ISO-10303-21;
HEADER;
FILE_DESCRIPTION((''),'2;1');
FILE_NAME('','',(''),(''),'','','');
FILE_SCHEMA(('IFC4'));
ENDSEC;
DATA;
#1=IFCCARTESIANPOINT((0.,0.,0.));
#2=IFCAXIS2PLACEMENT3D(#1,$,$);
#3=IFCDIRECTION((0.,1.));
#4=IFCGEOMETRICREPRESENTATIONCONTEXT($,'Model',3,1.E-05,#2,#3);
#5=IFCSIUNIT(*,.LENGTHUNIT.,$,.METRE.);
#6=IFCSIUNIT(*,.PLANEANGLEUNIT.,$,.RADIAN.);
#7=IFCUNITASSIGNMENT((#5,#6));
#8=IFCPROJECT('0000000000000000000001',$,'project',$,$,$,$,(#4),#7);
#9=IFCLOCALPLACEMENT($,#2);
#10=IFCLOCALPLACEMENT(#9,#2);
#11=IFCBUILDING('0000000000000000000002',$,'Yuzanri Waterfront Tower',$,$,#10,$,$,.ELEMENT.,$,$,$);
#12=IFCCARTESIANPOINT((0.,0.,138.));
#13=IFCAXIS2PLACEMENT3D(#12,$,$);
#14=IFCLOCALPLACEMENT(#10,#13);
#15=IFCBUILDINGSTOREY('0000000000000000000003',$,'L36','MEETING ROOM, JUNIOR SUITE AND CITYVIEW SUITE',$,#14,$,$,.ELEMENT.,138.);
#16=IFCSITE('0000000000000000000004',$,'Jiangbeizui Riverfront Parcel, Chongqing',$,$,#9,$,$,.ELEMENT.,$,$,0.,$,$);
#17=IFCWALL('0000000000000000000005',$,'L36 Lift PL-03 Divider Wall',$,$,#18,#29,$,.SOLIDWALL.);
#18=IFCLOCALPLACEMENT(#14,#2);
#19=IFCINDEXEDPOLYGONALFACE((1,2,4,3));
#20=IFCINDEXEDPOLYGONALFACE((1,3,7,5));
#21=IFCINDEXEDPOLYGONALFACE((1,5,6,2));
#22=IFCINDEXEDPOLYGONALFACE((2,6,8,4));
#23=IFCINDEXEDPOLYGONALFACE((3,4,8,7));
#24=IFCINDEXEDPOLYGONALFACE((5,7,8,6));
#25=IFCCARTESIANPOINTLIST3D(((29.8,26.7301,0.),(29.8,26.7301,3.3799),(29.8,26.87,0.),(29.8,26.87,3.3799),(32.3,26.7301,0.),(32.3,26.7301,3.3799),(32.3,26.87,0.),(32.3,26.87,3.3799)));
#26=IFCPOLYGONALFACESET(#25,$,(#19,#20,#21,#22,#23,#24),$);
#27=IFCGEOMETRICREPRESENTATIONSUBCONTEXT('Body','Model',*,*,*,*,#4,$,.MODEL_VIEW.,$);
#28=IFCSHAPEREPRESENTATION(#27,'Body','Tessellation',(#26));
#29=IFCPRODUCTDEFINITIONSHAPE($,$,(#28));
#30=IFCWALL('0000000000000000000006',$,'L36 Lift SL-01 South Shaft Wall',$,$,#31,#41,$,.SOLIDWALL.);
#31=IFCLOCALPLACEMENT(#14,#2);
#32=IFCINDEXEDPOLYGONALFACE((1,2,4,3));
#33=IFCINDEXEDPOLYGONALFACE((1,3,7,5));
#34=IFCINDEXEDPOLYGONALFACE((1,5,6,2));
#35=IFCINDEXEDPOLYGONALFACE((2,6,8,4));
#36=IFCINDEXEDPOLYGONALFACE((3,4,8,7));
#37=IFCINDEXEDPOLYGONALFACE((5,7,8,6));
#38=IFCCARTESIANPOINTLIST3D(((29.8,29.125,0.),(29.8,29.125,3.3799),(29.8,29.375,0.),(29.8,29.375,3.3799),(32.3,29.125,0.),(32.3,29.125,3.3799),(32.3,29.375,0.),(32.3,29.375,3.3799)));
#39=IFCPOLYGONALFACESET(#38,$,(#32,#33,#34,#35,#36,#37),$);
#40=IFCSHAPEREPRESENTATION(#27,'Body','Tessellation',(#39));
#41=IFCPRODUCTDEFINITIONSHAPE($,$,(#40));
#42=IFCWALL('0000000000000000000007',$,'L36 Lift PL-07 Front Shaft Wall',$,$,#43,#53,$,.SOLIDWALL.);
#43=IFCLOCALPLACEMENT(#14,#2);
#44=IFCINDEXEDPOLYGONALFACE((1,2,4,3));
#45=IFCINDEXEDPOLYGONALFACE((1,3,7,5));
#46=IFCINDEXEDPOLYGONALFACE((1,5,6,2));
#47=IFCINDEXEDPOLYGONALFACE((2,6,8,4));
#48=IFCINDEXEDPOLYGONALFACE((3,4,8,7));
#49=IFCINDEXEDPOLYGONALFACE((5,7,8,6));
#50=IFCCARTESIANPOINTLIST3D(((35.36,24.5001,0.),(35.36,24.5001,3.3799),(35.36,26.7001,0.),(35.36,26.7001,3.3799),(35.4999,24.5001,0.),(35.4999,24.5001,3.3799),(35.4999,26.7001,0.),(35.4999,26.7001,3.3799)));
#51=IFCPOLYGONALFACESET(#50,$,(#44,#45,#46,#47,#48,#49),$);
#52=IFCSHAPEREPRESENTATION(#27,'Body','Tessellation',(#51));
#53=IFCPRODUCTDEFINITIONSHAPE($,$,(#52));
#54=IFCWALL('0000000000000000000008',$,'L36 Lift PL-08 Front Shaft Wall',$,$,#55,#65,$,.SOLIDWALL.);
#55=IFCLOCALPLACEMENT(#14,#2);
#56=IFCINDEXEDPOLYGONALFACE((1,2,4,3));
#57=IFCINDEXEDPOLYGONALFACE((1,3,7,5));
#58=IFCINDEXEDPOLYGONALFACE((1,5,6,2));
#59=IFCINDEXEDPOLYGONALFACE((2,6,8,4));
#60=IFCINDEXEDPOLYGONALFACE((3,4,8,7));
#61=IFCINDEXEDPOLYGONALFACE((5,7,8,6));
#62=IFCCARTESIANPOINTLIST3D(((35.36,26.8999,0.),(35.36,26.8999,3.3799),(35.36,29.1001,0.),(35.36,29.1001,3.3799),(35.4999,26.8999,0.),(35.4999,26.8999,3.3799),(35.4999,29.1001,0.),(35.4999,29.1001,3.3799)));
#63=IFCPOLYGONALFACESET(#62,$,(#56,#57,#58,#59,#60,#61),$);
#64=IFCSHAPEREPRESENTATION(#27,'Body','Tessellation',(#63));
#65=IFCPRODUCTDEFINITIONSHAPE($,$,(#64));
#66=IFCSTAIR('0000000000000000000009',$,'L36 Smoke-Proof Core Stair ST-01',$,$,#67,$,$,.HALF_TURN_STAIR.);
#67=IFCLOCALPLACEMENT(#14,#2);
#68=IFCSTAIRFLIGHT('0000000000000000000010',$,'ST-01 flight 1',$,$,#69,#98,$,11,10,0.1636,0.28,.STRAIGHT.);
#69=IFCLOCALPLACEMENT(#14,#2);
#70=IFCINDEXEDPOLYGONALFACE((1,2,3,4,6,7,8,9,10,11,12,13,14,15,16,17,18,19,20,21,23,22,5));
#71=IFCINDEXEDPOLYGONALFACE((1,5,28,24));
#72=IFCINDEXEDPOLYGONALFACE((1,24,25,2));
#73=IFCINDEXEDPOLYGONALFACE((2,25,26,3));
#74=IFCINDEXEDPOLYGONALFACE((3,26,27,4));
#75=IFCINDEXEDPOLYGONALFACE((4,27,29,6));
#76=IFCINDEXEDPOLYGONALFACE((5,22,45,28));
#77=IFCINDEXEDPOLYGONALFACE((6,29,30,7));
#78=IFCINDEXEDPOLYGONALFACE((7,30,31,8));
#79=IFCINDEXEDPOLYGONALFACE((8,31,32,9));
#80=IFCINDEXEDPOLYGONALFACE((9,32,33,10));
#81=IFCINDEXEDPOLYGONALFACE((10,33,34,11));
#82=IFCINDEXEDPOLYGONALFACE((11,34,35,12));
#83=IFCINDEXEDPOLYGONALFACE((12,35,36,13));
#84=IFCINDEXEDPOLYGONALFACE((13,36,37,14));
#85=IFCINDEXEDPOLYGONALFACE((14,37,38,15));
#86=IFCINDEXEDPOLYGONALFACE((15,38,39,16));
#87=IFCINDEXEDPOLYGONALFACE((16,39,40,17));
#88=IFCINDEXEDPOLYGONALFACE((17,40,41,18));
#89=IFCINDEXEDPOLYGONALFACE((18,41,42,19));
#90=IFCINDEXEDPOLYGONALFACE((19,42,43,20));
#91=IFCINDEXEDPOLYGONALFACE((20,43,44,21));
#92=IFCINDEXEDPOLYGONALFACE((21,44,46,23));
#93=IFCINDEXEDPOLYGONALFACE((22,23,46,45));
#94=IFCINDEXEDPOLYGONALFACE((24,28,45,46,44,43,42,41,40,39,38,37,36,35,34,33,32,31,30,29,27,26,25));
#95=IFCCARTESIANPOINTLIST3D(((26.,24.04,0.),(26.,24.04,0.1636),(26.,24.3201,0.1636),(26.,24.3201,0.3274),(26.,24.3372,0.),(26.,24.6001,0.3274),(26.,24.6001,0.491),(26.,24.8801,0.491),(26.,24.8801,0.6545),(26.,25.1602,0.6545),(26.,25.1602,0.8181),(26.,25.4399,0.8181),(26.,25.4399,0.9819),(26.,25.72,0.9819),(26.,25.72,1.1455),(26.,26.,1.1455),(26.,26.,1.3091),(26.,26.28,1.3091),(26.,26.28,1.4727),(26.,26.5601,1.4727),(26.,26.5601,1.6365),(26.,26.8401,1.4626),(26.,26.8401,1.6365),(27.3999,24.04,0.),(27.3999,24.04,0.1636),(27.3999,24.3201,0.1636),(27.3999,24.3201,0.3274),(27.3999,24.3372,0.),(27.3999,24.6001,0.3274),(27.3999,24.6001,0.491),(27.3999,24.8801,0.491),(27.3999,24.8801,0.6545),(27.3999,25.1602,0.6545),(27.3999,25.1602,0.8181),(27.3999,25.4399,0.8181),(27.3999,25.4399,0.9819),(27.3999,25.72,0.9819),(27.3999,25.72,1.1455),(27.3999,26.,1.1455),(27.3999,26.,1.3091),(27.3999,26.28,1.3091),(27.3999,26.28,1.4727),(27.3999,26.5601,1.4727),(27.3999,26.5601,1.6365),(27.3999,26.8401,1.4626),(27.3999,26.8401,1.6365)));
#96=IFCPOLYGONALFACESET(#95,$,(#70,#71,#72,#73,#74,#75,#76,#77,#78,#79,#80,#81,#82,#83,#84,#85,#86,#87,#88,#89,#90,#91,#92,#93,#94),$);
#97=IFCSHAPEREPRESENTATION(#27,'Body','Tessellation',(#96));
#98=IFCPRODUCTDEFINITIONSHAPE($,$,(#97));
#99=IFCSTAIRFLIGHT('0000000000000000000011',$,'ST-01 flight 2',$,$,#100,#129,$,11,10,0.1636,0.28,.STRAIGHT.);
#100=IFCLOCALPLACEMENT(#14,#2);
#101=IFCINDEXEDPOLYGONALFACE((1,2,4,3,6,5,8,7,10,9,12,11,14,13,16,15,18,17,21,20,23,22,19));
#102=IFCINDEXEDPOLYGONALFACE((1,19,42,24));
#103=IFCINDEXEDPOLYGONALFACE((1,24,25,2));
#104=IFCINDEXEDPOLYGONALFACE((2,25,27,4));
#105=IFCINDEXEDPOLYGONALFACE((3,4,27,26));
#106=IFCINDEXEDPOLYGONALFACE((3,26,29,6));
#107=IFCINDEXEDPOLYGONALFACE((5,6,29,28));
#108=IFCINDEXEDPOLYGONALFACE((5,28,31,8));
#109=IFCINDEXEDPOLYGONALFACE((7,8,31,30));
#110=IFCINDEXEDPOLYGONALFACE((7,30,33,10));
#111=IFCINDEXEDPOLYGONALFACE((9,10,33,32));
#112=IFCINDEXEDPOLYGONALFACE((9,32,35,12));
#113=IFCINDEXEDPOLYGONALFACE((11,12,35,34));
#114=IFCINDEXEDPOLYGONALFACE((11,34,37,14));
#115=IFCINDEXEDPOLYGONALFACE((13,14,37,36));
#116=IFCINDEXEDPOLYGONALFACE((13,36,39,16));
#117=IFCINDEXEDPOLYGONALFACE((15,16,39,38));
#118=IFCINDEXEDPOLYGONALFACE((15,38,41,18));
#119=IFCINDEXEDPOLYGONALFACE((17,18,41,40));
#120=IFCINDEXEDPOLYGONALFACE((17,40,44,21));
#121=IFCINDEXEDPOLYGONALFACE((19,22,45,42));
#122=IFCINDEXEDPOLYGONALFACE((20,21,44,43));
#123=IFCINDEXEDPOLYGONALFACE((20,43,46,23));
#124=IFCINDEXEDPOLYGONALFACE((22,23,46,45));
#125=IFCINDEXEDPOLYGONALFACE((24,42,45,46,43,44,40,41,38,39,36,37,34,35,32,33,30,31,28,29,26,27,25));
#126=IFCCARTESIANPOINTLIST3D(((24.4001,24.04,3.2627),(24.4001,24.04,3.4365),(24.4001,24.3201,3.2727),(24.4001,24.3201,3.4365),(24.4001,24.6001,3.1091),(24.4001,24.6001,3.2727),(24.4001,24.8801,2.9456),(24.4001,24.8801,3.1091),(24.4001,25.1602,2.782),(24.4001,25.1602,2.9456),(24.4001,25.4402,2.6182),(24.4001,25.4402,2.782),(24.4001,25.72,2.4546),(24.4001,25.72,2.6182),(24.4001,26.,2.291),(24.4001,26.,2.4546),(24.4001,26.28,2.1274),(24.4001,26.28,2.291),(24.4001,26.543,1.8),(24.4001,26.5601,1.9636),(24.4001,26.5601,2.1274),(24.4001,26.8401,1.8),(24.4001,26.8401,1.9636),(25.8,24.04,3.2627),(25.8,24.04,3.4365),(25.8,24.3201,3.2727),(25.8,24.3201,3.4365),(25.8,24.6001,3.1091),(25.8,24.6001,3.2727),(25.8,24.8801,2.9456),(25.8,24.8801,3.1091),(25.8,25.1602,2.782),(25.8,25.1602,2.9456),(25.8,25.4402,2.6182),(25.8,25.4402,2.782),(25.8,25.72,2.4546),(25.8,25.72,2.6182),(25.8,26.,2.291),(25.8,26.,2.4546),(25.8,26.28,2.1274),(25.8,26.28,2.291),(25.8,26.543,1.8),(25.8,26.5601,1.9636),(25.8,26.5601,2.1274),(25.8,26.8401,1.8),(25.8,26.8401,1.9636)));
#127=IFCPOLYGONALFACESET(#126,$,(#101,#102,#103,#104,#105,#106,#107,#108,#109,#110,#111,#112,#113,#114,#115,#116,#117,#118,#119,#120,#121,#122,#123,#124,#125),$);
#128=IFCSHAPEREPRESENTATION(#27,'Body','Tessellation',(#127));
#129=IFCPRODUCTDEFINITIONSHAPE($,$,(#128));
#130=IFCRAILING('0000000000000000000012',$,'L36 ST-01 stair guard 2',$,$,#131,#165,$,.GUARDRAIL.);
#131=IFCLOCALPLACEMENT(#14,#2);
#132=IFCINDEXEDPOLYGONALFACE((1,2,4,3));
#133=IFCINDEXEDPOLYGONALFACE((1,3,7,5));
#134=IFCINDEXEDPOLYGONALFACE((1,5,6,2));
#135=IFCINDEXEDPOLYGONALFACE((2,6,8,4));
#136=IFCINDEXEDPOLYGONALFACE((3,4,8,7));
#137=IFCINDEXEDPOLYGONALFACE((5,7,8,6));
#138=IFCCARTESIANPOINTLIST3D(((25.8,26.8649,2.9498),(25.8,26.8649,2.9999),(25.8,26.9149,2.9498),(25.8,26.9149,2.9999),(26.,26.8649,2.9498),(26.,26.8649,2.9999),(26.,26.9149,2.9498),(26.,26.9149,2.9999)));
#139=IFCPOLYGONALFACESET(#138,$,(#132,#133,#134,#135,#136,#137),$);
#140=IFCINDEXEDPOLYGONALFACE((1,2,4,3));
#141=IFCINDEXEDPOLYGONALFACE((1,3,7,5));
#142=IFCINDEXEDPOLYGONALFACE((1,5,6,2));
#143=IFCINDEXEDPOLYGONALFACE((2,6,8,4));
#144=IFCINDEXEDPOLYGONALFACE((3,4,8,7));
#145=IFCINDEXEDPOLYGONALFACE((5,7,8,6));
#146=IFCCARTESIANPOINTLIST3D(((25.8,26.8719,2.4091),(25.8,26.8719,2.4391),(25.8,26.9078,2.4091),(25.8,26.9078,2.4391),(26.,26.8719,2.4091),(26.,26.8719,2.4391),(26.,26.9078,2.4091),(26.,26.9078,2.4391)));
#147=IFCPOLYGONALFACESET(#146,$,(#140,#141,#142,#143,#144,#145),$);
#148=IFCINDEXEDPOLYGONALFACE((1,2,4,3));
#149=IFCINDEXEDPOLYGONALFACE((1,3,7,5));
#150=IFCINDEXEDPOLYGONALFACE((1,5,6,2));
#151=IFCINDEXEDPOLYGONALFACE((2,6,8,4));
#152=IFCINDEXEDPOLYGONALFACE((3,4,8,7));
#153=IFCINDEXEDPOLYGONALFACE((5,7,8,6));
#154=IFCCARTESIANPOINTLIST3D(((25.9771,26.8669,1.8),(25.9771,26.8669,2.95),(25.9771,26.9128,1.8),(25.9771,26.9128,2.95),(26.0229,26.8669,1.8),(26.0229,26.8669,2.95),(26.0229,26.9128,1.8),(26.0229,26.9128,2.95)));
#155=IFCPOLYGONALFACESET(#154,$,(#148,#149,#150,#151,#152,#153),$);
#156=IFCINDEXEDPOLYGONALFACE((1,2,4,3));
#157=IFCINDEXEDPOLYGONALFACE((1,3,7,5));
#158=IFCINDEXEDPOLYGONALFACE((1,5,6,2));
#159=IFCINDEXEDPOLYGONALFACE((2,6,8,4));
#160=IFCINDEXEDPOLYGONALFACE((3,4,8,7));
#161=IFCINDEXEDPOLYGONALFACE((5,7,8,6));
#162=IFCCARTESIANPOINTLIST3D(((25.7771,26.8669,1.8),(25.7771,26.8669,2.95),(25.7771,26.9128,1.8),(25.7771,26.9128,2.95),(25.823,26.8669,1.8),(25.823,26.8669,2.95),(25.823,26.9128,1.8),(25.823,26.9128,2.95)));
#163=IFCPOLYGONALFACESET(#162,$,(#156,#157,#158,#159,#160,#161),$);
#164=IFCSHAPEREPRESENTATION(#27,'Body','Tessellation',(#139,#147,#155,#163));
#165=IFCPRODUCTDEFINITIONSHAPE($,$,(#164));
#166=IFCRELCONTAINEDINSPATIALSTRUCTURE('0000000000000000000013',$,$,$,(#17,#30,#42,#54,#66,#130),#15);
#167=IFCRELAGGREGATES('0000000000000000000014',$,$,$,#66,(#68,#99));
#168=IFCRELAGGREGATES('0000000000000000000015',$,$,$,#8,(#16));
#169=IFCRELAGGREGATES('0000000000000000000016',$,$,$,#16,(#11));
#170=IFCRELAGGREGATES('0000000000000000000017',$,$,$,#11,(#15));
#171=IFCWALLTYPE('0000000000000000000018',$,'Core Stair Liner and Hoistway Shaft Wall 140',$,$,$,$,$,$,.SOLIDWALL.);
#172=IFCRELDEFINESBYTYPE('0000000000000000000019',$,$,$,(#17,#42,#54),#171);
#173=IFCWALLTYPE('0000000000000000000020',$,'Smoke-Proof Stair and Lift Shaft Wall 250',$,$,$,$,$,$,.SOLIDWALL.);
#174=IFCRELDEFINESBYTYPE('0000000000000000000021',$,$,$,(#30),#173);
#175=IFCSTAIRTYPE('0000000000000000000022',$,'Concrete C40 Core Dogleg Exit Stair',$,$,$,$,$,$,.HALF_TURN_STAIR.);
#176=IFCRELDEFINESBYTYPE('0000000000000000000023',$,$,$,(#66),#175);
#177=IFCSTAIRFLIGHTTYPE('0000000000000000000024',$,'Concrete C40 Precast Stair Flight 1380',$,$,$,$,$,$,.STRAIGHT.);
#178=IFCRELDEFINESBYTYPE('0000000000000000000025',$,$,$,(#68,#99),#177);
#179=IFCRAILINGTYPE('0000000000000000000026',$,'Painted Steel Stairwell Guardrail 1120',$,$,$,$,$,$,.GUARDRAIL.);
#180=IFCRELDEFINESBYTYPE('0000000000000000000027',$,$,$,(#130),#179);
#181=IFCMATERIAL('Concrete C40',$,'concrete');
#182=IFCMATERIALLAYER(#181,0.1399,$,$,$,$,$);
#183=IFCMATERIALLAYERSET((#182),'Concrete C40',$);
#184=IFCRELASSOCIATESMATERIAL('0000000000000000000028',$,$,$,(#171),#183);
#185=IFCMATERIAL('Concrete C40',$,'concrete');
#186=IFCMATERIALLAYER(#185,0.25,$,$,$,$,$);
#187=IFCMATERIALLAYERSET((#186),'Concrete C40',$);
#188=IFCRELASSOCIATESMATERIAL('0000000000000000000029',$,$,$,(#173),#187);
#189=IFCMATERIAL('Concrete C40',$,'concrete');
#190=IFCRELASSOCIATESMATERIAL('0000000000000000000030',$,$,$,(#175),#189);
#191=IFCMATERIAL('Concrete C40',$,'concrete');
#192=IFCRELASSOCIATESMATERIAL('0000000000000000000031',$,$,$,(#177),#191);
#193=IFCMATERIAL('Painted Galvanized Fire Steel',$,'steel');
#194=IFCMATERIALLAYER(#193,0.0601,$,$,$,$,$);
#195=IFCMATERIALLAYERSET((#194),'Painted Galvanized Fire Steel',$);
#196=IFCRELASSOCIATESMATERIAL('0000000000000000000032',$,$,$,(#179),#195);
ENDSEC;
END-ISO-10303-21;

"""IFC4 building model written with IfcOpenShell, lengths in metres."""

from ifc_helpers import new_model, si_unit, direction, frame, frame_2d, origin, origin_2d, place, context, subcontext, project, spatial, polyline, rectangle, outline, extrude, source, transform, mapped, material, layer, layer_set, type_object, element, aggregate, save


model = new_model("IFC4")

# Units and contexts
model_context = context("Model", 3, precision=1e-05, world=origin(), true_north=direction((0.0, 1.0)))
body_context = subcontext(model_context, "Body", "Model", "MODEL_VIEW")
ifc_project = project(units=[si_unit("LENGTHUNIT", "METRE"), si_unit("PLANEANGLEUNIT", "RADIAN")], contexts=[model_context])

# Site, building, storey
site_placement = place(None, origin())
site = spatial("IfcSite", under=ifc_project, at=site_placement, Name="Jiangbeizui Riverfront Parcel, Chongqing", CompositionType="ELEMENT", RefElevation=0.0)
building_placement = place(site_placement, origin())
building = spatial("IfcBuilding", under=site, at=building_placement, Name="Yuzanri Waterfront Tower", CompositionType="ELEMENT")
storey_placement = place(building_placement, frame((0.0, 0.0, 138.0)))
storey = spatial("IfcBuildingStorey", under=building, at=storey_placement, Name="L36", Description="MEETING ROOM, JUNIOR SUITE AND CITYVIEW SUITE", CompositionType="ELEMENT", Elevation=138.0)

# Shared definitions
ifc_material_1 = material(Name="Concrete C40", Category="concrete")
ifc_layer_1 = layer(ifc_material_1, 0.1399)
ifc_layer_set_1 = layer_set([ifc_layer_1], Name="Concrete C40")
wall_type_1 = type_object("IfcWallType", Name="Core Stair Liner and Hoistway Shaft Wall 140", PredefinedType="SOLIDWALL", material=ifc_layer_set_1)

# Walls
shared_shape_1 = source(origin(), body_context, "Body", "SweptSolid", [
    extrude(rectangle(XDim=2.5, YDim=0.1399, at=frame_2d((1.25, 0.0))), origin(), (0.0, 0.0, 1.0), 3.3799),
])
for number, where, z_axis, x_axis, name in (
    (1, (29.8, 26.8, 0.0), (0.0, 0.0, 1.0), (1.0, 0.0, 0.0), "L36 Lift PL-03 Divider Wall"),
):
    element("IfcWall", number, at=place(storey_placement, frame(where, z_axis=z_axis, x_axis=x_axis)), inside=storey, type_object=wall_type_1, Name=name, PredefinedType="SOLIDWALL", context=body_context, shape_type="MappedRepresentation", body=[
        mapped(shared_shape_1, transform((0.0, 0.0, 0.0), scale=1.0)),
    ])
ifc_material_2 = material(Name="Concrete C40", Category="concrete")
ifc_layer_2 = layer(ifc_material_2, 0.25)
ifc_layer_set_2 = layer_set([ifc_layer_2], Name="Concrete C40")
wall_type_2 = type_object("IfcWallType", Name="Smoke-Proof Stair and Lift Shaft Wall 250", PredefinedType="SOLIDWALL", material=ifc_layer_set_2)
shared_shape_2 = source(origin(), body_context, "Body", "SweptSolid", [
    extrude(rectangle(XDim=2.5, YDim=0.25, at=frame_2d((1.25, 0.0))), origin(), (0.0, 0.0, 1.0), 3.3799),
])
wall_1_placement = place(storey_placement, frame((29.8, 29.25, 0.0), z_axis=(0.0, 0.0, 1.0), x_axis=(1.0, 0.0, 0.0)))
element("IfcWall", 2, at=wall_1_placement, inside=storey, type_object=wall_type_2, Name="L36 Lift SL-01 South Shaft Wall", PredefinedType="SOLIDWALL", context=body_context, shape_type="MappedRepresentation", body=[
    mapped(shared_shape_2, transform((0.0, 0.0, 0.0), scale=1.0)),
])
shared_shape_3 = source(origin(), body_context, "Body", "SweptSolid", [
    extrude(rectangle(XDim=2.2, YDim=0.1399, at=frame_2d((1.1001, 0.0))), origin(), (0.0, 0.0, 1.0), 3.3799),
])
wall_2_placement = place(storey_placement, frame((35.4299, 24.5, 0.0), z_axis=(0.0, 0.0, 1.0), x_axis=(0.0, 1.0, 0.0)))
element("IfcWall", 3, at=wall_2_placement, inside=storey, type_object=wall_type_1, Name="L36 Lift PL-07 Front Shaft Wall", PredefinedType="SOLIDWALL", context=body_context, shape_type="MappedRepresentation", body=[
    mapped(shared_shape_3, transform((0.0, 0.0, 0.0), scale=1.0)),
])
shared_shape_4 = source(origin(), body_context, "Body", "SweptSolid", [
    extrude(rectangle(XDim=2.2002, YDim=0.1399, at=frame_2d((1.1001, 0.0))), origin(), (0.0, 0.0, 1.0), 3.3799),
])
wall_3_placement = place(storey_placement, frame((35.4299, 26.8999, 0.0), z_axis=(0.0, 0.0, 1.0), x_axis=(0.0, 1.0, 0.0)))
element("IfcWall", 4, at=wall_3_placement, inside=storey, type_object=wall_type_1, Name="L36 Lift PL-08 Front Shaft Wall", PredefinedType="SOLIDWALL", context=body_context, shape_type="MappedRepresentation", body=[
    mapped(shared_shape_4, transform((0.0, 0.0, 0.0), scale=1.0)),
])

# Stair, stair flights
ifc_material_3 = material(Name="Concrete C40", Category="concrete")
stair_type = type_object("IfcStairType", Name="Concrete C40 Core Dogleg Exit Stair", PredefinedType="HALF_TURN_STAIR", material=ifc_material_3)
stair_placement = place(storey_placement, origin())
stair = element("IfcStair", 5, at=stair_placement, inside=storey, type_object=stair_type, Name="L36 Smoke-Proof Core Stair ST-01", PredefinedType="HALF_TURN_STAIR")
ifc_material_4 = material(Name="Concrete C40", Category="concrete")
stair_flight_type = type_object("IfcStairFlightType", Name="Concrete C40 Precast Stair Flight 1380", PredefinedType="STRAIGHT", material=ifc_material_4)
shared_shape_5 = source(origin(), body_context, "Body", "SweptSolid", [
    extrude(outline(polyline([(0.0, 0.0), (0.0, 0.1636), (0.28, 0.1636), (0.28, 0.3274), (0.5601, 0.3274), (0.5601, 0.491), (0.8401, 0.491), (0.8401, 0.6545), (1.1201, 0.6545), (1.1201, 0.8181), (1.3999, 0.8181), (1.3999, 0.9819), (1.6799, 0.9819), (1.6799, 1.1455), (1.96, 1.1455), (1.96, 1.3091), (2.24, 1.3091), (2.24, 1.4727), (2.52, 1.4727), (2.52, 1.6365), (2.8, 1.6365), (2.8, 1.8), (2.8, 1.4626), (0.2971, 0.0), (0.0, 0.0)])), frame((0.0, 0.7, 0.0), z_axis=(0.0, -1.0, 0.0), x_axis=(1.0, 0.0, 0.0)), (0.0, 0.0, 1.0), 1.3999),
])
stair_flight_1_placement = place(storey_placement, frame((26.7, 24.04, 0.0), z_axis=(0.0, 0.0, 1.0), x_axis=(0.0, 1.0, 0.0)))
stair_flight_1 = element("IfcStairFlight", 6, at=stair_flight_1_placement, type_object=stair_flight_type, Name="ST-01 flight 1", NumberOfRisers=11, NumberOfTreads=10, PredefinedType="STRAIGHT", RiserHeight=0.1636, TreadLength=0.28, context=body_context, shape_type="MappedRepresentation", body=[
    mapped(shared_shape_5, transform((0.0, 0.0, 0.0), scale=1.0)),
])
stair_flight_2_placement = place(storey_placement, frame((25.1001, 26.8401, 1.8), z_axis=(0.0, 0.0, 1.0), x_axis=(0.0, -1.0, 0.0)))
stair_flight_2 = element("IfcStairFlight", 7, at=stair_flight_2_placement, type_object=stair_flight_type, Name="ST-01 flight 2", NumberOfRisers=11, NumberOfTreads=10, PredefinedType="STRAIGHT", RiserHeight=0.1636, TreadLength=0.28, context=body_context, shape_type="MappedRepresentation", body=[
    mapped(shared_shape_5, transform((0.0, 0.0, 0.0), scale=1.0)),
])
aggregate(stair, [stair_flight_1, stair_flight_2])

# Railing
ifc_material_5 = material(Name="Painted Galvanized Fire Steel", Category="steel")
ifc_layer_3 = layer(ifc_material_5, 0.0601)
ifc_layer_set_3 = layer_set([ifc_layer_3], Name="Painted Galvanized Fire Steel")
railing_type_1 = type_object("IfcRailingType", Name="Painted Steel Stairwell Guardrail 1120", PredefinedType="GUARDRAIL", material=ifc_layer_set_3)
shared_shape_6 = source(origin(), body_context, "Body", "SweptSolid", [
    extrude(rectangle(XDim=0.05, YDim=0.05, at=origin_2d()), frame((0.0, 0.0, 1.1748), z_axis=(-1.0, 0.0, 0.0), x_axis=(0.0, -1.0, 0.0)), (0.0, 0.0, 1.0), 0.2),
    extrude(rectangle(XDim=0.0359, YDim=0.03, at=origin_2d()), frame((0.0, 0.0, 0.624), z_axis=(-1.0, 0.0, 0.0), x_axis=(0.0, -1.0, 0.0)), (0.0, 0.0, 1.0), 0.2),
    extrude(rectangle(XDim=0.0459, YDim=0.0459, at=origin_2d()), origin(), (0.0, 0.0, 1.0), 1.1499),
    extrude(rectangle(XDim=0.0459, YDim=0.0459, at=origin_2d()), frame((-0.2, 0.0, 0.0)), (0.0, 0.0, 1.0), 1.1499),
])
for number, where, name in (
    (8, (26.0, 26.8899, 1.8), "L36 ST-01 stair guard 2"),
):
    element("IfcRailing", number, at=place(storey_placement, frame(where)), inside=storey, type_object=railing_type_1, Name=name, PredefinedType="GUARDRAIL", context=body_context, shape_type="MappedRepresentation", body=[
        mapped(shared_shape_6, transform((0.0, 0.0, 0.0), scale=1.0)),
    ])

save(model, "model.ifc")
